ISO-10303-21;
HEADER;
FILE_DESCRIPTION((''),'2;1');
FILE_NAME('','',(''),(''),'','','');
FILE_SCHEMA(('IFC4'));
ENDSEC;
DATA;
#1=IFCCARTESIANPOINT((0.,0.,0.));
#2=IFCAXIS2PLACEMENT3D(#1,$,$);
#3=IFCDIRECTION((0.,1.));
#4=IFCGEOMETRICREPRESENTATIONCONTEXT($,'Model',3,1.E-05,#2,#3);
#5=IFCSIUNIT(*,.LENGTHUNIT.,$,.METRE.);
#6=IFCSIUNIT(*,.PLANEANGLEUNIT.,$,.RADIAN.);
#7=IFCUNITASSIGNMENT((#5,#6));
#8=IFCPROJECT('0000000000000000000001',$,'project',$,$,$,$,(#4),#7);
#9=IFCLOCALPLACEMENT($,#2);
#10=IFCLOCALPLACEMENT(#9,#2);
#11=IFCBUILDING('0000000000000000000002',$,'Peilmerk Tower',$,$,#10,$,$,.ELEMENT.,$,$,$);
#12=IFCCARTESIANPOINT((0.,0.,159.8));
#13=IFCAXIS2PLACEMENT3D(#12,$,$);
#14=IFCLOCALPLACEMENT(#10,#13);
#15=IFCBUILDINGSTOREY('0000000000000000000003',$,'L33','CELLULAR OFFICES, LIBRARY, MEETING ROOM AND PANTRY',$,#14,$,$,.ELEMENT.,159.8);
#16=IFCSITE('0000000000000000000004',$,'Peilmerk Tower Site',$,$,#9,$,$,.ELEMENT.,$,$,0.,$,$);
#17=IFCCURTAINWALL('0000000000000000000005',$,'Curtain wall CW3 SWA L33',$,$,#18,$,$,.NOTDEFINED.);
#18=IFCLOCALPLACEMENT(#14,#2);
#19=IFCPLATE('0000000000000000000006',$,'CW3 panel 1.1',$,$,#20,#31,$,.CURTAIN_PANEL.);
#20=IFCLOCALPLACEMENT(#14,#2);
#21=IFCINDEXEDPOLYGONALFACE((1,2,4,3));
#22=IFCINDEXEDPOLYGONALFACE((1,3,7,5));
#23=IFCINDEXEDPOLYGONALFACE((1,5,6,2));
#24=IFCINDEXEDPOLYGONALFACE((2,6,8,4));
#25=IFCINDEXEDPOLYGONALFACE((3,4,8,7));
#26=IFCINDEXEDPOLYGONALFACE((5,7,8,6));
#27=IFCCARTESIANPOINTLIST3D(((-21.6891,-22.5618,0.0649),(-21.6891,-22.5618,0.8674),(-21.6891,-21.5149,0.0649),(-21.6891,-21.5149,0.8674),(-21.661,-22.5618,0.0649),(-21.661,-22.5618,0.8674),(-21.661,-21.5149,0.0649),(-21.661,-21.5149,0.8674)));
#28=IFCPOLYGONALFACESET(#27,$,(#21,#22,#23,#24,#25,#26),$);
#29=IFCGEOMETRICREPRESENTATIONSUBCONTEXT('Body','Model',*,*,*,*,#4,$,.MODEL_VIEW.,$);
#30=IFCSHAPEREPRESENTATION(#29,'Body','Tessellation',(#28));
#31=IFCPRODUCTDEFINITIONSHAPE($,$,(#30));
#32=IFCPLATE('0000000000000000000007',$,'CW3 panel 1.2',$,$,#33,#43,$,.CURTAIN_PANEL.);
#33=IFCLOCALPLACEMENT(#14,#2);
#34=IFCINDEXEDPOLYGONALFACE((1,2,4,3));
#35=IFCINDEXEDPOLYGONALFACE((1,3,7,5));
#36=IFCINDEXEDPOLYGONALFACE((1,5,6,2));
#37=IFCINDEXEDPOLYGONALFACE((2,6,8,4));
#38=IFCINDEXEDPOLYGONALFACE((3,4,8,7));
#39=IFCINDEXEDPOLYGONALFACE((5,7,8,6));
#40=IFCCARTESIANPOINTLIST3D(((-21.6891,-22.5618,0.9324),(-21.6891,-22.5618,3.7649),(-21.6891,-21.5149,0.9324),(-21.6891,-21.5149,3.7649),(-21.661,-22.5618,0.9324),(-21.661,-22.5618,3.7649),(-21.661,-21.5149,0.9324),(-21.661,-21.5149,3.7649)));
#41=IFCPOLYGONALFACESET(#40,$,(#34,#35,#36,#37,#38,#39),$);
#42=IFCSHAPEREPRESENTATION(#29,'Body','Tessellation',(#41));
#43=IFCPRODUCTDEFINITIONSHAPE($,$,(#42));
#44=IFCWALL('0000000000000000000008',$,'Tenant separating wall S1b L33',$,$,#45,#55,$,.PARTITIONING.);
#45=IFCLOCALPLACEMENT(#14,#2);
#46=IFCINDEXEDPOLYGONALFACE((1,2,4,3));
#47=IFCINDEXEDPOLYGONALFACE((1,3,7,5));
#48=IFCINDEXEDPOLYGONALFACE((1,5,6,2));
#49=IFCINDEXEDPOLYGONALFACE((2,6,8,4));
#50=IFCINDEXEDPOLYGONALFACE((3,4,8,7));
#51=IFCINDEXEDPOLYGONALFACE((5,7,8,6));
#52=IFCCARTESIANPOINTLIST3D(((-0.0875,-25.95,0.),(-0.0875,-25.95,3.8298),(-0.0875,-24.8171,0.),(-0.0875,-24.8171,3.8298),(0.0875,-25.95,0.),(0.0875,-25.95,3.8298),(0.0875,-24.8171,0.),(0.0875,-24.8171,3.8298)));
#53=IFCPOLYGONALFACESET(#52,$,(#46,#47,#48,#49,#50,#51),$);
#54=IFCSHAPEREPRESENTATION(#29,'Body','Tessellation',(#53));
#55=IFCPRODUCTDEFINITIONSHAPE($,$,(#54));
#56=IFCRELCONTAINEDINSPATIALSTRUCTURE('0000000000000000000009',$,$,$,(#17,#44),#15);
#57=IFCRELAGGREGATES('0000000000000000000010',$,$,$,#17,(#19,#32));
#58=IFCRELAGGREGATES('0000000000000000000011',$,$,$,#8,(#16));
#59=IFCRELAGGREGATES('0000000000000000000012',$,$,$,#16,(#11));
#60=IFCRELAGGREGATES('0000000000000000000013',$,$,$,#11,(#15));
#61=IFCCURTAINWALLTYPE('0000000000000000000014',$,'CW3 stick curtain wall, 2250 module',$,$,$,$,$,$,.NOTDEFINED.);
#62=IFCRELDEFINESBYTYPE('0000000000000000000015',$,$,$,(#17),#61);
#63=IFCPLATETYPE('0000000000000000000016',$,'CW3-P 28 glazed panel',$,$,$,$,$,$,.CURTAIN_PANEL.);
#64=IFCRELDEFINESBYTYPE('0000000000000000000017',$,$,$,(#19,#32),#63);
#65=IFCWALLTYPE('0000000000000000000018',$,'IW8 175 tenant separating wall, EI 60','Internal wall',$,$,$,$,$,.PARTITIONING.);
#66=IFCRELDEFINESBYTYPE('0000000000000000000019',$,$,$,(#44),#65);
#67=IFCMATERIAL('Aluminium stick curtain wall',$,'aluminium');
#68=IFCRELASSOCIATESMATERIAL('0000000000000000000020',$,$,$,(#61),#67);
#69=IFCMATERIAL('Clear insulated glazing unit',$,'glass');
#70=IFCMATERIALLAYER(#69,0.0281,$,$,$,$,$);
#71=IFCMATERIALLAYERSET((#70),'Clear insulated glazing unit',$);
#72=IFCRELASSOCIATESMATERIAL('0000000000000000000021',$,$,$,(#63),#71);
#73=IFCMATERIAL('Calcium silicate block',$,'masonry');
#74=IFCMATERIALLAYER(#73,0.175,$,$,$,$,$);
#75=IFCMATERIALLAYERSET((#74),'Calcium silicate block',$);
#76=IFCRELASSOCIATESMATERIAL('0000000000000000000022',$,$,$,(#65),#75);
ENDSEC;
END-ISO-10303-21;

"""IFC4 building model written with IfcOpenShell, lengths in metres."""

from ifc_helpers import new_model, si_unit, direction, frame, frame_2d, origin, origin_2d, place, context, subcontext, project, spatial, rectangle, extrude, material, layer, layer_set, type_object, element, aggregate, save


model = new_model("IFC4")

# Units and contexts
model_context = context("Model", 3, precision=1e-05, world=origin(), true_north=direction((0.0, 1.0)))
body_context = subcontext(model_context, "Body", "Model", "MODEL_VIEW")
ifc_project = project(units=[si_unit("LENGTHUNIT", "METRE"), si_unit("PLANEANGLEUNIT", "RADIAN")], contexts=[model_context])

# Site, building, storey
site_placement = place(None, origin())
site = spatial("IfcSite", under=ifc_project, at=site_placement, Name="Peilmerk Tower Site", CompositionType="ELEMENT", RefElevation=0.0)
building_placement = place(site_placement, origin())
building = spatial("IfcBuilding", under=site, at=building_placement, Name="Peilmerk Tower", CompositionType="ELEMENT")
storey_placement = place(building_placement, frame((0.0, 0.0, 159.8)))
storey = spatial("IfcBuildingStorey", under=building, at=storey_placement, Name="L33", Description="CELLULAR OFFICES, LIBRARY, MEETING ROOM AND PANTRY", CompositionType="ELEMENT", Elevation=159.8)

# Curtain wall, plates
ifc_material_1 = material(Name="Aluminium stick curtain wall", Category="aluminium")
curtain_wall_type = type_object("IfcCurtainWallType", Name="CW3 stick curtain wall, 2250 module", PredefinedType="NOTDEFINED", material=ifc_material_1)
curtain_wall_placement = place(storey_placement, origin())
curtain_wall = element("IfcCurtainWall", 1, at=curtain_wall_placement, inside=storey, type_object=curtain_wall_type, Name="Curtain wall CW3 SWA L33", PredefinedType="NOTDEFINED")
ifc_material_2 = material(Name="Clear insulated glazing unit", Category="glass")
ifc_layer_1 = layer(ifc_material_2, 0.0281)
ifc_layer_set_1 = layer_set([ifc_layer_1], Name="Clear insulated glazing unit")
plate_type = type_object("IfcPlateType", Name="CW3-P 28 glazed panel", PredefinedType="CURTAIN_PANEL", material=ifc_layer_set_1)
plate_1_placement = place(storey_placement, frame((-21.675, -22.0383, 0.0649), z_axis=(0.0, 0.0, 1.0), x_axis=(0.0, -1.0, 0.0)))
plate_1 = element("IfcPlate", 2, at=plate_1_placement, type_object=plate_type, Name="CW3 panel 1.1", PredefinedType="CURTAIN_PANEL", context=body_context, shape_type="SweptSolid", body=[
    extrude(rectangle(XDim=1.0469, YDim=0.0281, at=origin_2d()), origin(), (0.0, 0.0, 1.0), 0.8025),
])
plate_2_placement = place(storey_placement, frame((-21.675, -22.0383, 0.9324), z_axis=(0.0, 0.0, 1.0), x_axis=(0.0, -1.0, 0.0)))
plate_2 = element("IfcPlate", 3, at=plate_2_placement, type_object=plate_type, Name="CW3 panel 1.2", PredefinedType="CURTAIN_PANEL", context=body_context, shape_type="SweptSolid", body=[
    extrude(rectangle(XDim=1.0469, YDim=0.0281, at=origin_2d()), origin(), (0.0, 0.0, 1.0), 2.8325),
])
aggregate(curtain_wall, [plate_1, plate_2])

# Wall
ifc_material_3 = material(Name="Calcium silicate block", Category="masonry")
ifc_layer_2 = layer(ifc_material_3, 0.175)
ifc_layer_set_2 = layer_set([ifc_layer_2], Name="Calcium silicate block")
wall_type = type_object("IfcWallType", Name="IW8 175 tenant separating wall, EI 60", Description="Internal wall", PredefinedType="PARTITIONING", material=ifc_layer_set_2)
wall_placement = place(storey_placement, frame((0.0, -24.8171, 0.0), z_axis=(0.0, 0.0, 1.0), x_axis=(0.0, -1.0, 0.0)))
element("IfcWall", 4, at=wall_placement, inside=storey, type_object=wall_type, Name="Tenant separating wall S1b L33", PredefinedType="PARTITIONING", context=body_context, shape_type="SweptSolid", body=[
    extrude(rectangle(XDim=1.1328, YDim=0.175, at=frame_2d((0.5664, 0.0))), origin(), (0.0, 0.0, 1.0), 3.8298),
])

save(model, "model.ifc")
